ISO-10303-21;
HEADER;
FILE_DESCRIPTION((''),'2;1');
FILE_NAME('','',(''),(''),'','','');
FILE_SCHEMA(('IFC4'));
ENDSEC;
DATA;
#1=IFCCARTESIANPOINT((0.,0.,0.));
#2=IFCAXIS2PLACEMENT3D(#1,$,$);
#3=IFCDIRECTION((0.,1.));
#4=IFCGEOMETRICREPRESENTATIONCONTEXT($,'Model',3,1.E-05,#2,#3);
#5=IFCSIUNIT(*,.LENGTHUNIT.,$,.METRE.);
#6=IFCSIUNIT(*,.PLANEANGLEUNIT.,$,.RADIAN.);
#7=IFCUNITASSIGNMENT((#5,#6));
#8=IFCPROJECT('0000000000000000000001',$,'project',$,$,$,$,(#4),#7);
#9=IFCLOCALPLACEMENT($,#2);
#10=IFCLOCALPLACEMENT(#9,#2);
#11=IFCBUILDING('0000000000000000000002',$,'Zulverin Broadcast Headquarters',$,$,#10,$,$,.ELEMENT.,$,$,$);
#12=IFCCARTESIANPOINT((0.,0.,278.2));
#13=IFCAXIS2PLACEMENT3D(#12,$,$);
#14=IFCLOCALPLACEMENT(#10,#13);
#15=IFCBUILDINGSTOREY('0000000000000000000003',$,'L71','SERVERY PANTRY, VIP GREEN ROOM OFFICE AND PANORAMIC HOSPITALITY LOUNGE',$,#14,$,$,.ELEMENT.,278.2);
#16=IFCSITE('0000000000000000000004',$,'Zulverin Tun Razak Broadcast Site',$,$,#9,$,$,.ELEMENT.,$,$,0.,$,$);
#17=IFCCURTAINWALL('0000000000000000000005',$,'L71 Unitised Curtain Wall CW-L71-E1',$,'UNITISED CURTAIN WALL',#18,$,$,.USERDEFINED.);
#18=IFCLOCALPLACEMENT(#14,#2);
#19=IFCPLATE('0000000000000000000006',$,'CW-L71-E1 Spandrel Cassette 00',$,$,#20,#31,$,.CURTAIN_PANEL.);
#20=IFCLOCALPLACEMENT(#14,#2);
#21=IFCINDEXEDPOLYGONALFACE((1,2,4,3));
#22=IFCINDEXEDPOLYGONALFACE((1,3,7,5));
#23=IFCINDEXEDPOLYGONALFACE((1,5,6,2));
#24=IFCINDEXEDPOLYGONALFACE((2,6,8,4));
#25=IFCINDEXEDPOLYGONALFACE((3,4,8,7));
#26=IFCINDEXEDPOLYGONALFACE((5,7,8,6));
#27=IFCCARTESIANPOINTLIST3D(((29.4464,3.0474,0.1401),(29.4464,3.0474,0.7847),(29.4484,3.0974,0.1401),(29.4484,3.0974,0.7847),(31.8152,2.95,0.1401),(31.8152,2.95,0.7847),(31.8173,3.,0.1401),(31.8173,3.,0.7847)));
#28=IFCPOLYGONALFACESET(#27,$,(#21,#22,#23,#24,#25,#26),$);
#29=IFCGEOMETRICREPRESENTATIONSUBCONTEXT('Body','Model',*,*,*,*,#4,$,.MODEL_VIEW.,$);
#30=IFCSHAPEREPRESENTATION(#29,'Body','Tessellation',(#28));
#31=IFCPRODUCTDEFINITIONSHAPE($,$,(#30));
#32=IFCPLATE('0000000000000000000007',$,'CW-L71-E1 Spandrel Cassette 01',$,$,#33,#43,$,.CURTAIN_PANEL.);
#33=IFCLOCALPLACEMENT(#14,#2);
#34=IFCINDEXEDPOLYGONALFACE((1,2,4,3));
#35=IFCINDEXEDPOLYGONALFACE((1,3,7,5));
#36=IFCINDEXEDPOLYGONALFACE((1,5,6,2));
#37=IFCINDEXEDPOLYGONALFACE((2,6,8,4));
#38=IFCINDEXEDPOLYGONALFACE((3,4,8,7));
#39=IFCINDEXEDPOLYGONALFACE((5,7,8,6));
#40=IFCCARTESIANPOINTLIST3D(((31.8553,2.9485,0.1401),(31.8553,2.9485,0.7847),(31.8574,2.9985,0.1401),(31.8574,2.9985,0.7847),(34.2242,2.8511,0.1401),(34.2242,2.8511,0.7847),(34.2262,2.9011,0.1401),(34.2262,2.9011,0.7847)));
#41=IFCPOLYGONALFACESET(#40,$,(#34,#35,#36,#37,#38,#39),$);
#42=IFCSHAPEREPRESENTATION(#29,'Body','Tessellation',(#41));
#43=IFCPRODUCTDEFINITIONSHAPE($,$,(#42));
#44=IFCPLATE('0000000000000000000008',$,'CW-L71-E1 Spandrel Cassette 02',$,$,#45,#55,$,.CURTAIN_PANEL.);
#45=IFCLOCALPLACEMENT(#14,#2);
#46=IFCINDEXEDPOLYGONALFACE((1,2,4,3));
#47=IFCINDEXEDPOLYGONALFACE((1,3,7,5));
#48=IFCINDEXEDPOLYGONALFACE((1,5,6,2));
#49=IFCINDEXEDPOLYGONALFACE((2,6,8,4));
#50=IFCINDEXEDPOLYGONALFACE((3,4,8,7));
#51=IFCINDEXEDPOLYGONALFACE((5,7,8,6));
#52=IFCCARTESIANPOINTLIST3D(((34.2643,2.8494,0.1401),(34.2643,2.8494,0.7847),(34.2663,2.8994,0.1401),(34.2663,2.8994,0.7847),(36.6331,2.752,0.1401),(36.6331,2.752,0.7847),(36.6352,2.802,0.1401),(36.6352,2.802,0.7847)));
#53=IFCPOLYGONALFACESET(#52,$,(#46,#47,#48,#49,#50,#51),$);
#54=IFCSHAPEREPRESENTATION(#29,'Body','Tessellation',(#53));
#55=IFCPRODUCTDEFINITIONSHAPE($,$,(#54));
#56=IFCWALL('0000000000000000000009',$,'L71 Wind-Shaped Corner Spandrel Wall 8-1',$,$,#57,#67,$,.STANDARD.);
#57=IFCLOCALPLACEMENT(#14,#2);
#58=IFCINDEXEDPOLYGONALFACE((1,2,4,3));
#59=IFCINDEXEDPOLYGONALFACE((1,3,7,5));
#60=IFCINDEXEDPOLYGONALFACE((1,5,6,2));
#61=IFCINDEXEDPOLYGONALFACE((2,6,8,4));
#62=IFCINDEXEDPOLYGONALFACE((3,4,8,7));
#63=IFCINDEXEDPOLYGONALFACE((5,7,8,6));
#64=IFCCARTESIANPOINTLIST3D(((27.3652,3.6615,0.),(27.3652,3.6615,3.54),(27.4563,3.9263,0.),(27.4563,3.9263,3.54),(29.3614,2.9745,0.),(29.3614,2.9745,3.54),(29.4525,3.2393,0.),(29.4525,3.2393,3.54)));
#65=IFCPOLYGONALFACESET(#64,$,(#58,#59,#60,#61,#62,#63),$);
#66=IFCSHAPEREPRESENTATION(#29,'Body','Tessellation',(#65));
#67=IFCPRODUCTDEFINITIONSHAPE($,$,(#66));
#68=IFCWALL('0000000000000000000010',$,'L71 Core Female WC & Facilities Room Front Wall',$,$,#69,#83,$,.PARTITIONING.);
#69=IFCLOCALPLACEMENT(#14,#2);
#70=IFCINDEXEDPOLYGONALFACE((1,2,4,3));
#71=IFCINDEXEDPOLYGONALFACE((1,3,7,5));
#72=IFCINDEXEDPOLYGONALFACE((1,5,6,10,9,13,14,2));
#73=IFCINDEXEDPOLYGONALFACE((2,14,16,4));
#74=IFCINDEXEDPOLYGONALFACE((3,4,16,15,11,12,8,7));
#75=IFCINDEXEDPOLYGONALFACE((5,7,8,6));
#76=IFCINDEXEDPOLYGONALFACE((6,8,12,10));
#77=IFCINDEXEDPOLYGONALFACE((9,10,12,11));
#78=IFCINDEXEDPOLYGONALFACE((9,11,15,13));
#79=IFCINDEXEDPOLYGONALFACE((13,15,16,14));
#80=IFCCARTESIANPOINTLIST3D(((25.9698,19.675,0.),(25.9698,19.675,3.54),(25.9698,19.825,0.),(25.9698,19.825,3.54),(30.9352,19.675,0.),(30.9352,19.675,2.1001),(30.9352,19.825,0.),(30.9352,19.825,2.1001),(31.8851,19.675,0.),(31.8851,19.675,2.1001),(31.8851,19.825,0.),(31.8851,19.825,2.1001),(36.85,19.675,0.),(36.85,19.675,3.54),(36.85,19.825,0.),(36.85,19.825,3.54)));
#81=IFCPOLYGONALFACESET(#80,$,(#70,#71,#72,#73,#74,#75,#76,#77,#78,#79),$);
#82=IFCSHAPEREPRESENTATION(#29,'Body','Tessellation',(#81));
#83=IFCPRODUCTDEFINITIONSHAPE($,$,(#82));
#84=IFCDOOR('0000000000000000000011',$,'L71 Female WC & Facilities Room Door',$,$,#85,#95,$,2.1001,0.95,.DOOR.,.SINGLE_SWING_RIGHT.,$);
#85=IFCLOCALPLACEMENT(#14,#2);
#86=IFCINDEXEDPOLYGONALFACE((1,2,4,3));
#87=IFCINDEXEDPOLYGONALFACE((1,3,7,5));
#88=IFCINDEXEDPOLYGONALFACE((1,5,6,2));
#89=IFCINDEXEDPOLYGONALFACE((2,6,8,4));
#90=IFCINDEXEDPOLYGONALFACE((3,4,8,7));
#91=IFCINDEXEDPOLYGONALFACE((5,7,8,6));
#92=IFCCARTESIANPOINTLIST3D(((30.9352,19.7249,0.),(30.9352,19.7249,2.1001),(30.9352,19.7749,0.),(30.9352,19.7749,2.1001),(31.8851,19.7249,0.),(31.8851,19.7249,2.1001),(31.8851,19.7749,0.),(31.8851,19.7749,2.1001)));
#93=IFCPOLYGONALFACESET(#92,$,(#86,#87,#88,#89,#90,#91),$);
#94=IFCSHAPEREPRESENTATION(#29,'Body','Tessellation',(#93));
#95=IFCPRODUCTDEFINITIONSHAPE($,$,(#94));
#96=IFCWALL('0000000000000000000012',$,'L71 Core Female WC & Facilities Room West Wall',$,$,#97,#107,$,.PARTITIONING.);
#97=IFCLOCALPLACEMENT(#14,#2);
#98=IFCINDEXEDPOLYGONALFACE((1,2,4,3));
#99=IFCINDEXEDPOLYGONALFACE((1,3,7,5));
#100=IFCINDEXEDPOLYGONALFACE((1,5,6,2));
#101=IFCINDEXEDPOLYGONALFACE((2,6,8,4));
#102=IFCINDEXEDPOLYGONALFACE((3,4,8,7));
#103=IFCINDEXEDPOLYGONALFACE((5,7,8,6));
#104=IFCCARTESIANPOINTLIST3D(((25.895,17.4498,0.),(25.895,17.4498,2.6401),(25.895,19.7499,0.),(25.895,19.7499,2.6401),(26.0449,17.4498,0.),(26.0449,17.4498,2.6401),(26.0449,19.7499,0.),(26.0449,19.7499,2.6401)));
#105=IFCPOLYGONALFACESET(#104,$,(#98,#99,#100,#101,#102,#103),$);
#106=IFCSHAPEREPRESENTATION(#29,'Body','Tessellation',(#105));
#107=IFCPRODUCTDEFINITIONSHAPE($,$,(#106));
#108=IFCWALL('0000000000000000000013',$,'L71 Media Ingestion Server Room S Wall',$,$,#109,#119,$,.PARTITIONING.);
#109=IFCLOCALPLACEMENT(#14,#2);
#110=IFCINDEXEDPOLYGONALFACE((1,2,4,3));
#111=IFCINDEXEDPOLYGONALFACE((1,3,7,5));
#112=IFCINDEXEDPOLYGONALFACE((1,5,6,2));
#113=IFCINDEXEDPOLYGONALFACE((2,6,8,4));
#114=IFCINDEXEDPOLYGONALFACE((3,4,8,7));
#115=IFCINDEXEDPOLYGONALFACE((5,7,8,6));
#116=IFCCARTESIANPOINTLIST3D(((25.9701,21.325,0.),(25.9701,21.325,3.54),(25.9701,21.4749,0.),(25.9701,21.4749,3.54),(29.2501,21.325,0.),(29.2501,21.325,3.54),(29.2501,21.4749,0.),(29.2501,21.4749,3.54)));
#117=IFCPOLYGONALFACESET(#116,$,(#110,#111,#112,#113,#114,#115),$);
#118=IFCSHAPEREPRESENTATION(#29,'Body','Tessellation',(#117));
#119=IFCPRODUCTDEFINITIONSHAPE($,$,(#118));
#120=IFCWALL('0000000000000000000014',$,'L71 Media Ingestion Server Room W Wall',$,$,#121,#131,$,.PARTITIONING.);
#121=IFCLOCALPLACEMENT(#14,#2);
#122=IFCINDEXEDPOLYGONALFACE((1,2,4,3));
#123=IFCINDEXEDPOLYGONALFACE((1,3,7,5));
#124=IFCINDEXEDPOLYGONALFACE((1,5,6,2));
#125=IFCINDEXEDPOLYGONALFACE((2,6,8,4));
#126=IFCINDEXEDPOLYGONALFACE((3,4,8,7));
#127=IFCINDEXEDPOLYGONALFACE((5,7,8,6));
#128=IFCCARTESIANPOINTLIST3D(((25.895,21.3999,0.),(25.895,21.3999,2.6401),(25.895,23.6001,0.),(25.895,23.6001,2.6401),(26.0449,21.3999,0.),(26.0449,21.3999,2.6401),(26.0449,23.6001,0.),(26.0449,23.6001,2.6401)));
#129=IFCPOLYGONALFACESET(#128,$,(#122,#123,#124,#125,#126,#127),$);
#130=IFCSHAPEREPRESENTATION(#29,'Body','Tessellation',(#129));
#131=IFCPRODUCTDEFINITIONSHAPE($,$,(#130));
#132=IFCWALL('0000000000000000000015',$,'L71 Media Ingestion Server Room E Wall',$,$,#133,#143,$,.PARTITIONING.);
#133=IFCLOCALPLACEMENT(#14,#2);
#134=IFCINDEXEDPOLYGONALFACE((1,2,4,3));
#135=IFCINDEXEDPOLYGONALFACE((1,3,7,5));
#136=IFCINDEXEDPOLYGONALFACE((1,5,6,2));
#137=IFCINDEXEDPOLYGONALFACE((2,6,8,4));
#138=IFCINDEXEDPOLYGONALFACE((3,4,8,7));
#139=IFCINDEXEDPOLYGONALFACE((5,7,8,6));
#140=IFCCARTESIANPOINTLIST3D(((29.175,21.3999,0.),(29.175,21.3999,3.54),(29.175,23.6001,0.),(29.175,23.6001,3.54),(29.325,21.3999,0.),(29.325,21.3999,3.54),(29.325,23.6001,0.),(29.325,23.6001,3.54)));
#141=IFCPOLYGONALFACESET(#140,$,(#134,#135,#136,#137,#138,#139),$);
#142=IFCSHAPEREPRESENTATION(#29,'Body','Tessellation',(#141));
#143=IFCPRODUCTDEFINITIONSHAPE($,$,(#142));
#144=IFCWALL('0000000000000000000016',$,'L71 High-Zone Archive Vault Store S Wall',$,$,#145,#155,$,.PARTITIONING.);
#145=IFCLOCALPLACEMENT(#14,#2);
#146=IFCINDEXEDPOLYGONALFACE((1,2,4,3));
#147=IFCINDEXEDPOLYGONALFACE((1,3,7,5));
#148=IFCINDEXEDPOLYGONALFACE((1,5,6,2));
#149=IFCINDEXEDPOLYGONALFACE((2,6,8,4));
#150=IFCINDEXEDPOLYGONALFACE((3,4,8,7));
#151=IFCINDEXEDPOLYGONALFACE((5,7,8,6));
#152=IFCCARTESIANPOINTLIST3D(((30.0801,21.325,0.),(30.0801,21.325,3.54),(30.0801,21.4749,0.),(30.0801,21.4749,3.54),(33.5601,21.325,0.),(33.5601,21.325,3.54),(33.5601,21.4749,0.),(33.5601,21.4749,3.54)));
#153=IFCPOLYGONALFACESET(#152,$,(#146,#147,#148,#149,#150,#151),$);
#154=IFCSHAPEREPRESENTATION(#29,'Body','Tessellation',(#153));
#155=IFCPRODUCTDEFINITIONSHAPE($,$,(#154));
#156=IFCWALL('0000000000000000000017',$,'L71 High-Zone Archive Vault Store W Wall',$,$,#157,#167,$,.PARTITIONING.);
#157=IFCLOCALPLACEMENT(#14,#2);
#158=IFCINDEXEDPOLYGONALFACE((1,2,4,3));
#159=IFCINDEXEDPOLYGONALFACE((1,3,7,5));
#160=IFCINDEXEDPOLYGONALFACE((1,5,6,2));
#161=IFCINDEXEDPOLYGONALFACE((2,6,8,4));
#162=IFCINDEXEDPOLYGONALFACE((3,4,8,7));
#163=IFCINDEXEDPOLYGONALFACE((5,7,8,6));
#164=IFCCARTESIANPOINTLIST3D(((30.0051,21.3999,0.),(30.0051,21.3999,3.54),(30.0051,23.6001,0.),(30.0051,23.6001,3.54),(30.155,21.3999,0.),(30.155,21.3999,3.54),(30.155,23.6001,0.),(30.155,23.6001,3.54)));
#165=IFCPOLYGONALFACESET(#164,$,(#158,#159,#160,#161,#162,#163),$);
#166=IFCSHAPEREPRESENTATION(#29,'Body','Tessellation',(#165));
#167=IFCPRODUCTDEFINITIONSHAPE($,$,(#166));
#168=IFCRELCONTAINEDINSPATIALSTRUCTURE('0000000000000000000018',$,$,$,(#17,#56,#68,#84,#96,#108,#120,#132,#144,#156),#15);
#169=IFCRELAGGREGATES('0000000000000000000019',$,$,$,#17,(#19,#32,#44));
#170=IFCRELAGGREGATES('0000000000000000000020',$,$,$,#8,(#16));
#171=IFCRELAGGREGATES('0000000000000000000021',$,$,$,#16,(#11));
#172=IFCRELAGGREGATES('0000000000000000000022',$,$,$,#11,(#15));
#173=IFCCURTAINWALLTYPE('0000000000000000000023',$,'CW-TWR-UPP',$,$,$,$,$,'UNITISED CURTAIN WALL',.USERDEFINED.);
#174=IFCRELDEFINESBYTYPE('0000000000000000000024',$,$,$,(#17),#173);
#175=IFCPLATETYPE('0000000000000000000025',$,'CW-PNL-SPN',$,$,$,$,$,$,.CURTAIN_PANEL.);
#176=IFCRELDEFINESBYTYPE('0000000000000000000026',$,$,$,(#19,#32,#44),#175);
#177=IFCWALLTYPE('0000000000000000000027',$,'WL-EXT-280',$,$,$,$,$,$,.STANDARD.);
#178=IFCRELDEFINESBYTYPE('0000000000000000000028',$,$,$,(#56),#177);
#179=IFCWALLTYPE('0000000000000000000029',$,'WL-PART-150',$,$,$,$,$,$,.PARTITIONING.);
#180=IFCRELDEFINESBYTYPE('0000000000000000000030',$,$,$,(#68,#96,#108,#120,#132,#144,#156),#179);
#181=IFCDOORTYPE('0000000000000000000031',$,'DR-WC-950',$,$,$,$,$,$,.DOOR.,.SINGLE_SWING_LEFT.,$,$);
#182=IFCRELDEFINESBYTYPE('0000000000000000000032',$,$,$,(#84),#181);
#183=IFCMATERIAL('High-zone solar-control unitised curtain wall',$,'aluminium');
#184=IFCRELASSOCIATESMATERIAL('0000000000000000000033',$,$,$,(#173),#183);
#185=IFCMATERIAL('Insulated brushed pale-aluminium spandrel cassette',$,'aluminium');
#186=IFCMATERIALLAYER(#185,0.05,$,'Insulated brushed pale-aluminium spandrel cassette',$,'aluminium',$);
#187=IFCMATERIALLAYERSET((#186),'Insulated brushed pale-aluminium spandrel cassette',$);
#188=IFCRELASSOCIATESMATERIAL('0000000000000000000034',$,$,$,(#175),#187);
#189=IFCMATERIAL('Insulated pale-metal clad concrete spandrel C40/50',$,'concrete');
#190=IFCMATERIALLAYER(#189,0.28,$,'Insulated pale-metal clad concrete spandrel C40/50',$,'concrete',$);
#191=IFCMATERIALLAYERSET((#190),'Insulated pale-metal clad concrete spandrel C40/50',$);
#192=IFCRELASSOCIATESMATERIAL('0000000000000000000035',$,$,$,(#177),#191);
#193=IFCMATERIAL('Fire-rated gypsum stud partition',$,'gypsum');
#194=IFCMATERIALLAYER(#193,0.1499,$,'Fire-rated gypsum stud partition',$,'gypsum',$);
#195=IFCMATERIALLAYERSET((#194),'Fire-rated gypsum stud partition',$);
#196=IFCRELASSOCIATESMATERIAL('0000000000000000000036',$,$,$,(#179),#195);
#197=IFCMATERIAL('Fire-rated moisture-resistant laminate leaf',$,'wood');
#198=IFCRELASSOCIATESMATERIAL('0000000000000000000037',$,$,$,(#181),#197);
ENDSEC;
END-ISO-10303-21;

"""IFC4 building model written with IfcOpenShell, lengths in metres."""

from ifc_helpers import new_model, si_unit, direction, frame, frame_2d, origin, origin_2d, place, context, subcontext, project, spatial, rectangle, extrude, material, layer, layer_set, type_object, element, fill, aggregate, save


model = new_model("IFC4")

# Units and contexts
model_context = context("Model", 3, precision=1e-05, world=origin(), true_north=direction((0.0, 1.0)))
body_context = subcontext(model_context, "Body", "Model", "MODEL_VIEW")
ifc_project = project(units=[si_unit("LENGTHUNIT", "METRE"), si_unit("PLANEANGLEUNIT", "RADIAN")], contexts=[model_context])

# Site, building, storey
site_placement = place(None, origin())
site = spatial("IfcSite", under=ifc_project, at=site_placement, Name="Zulverin Tun Razak Broadcast Site", CompositionType="ELEMENT", RefElevation=0.0)
building_placement = place(site_placement, origin())
building = spatial("IfcBuilding", under=site, at=building_placement, Name="Zulverin Broadcast Headquarters", CompositionType="ELEMENT")
storey_placement = place(building_placement, frame((0.0, 0.0, 278.2)))
storey = spatial("IfcBuildingStorey", under=building, at=storey_placement, Name="L71", Description="SERVERY PANTRY, VIP GREEN ROOM OFFICE AND PANORAMIC HOSPITALITY LOUNGE", CompositionType="ELEMENT", Elevation=278.2)

# Curtain wall, plates
ifc_material_1 = material(Name="High-zone solar-control unitised curtain wall", Category="aluminium")
curtain_wall_type = type_object("IfcCurtainWallType", Name="CW-TWR-UPP", ElementType="UNITISED CURTAIN WALL", PredefinedType="USERDEFINED", material=ifc_material_1)
curtain_wall_placement = place(storey_placement, origin())
curtain_wall = element("IfcCurtainWall", 1, at=curtain_wall_placement, inside=storey, type_object=curtain_wall_type, Name="L71 Unitised Curtain Wall CW-L71-E1", ObjectType="UNITISED CURTAIN WALL", PredefinedType="USERDEFINED")
ifc_material_2 = material(Name="Insulated brushed pale-aluminium spandrel cassette", Category="aluminium")
ifc_layer_1 = layer(ifc_material_2, 0.05, Name="Insulated brushed pale-aluminium spandrel cassette", Category="aluminium")
ifc_layer_set_1 = layer_set([ifc_layer_1], Name="Insulated brushed pale-aluminium spandrel cassette")
plate_type_1 = type_object("IfcPlateType", Name="CW-PNL-SPN", PredefinedType="CURTAIN_PANEL", material=ifc_layer_set_1)
plate_1_placement = place(storey_placement, frame((30.6318, 3.0237, 0.1401), z_axis=(0.0, 0.0, 1.0), x_axis=(0.999156, -0.04107, 0.0)))
plate_1 = element("IfcPlate", 2, at=plate_1_placement, type_object=plate_type_1, Name="CW-L71-E1 Spandrel Cassette 00", PredefinedType="CURTAIN_PANEL", context=body_context, shape_type="SweptSolid", body=[
    extrude(rectangle(XDim=2.3708, YDim=0.05, at=origin_2d()), origin(), (0.0, 0.0, 1.0), 0.6445),
])
plate_2_placement = place(storey_placement, frame((33.0408, 2.9248, 0.1401), z_axis=(0.0, 0.0, 1.0), x_axis=(0.999156, -0.04107, 0.0)))
plate_2 = element("IfcPlate", 3, at=plate_2_placement, type_object=plate_type_1, Name="CW-L71-E1 Spandrel Cassette 01", PredefinedType="CURTAIN_PANEL", context=body_context, shape_type="SweptSolid", body=[
    extrude(rectangle(XDim=2.3708, YDim=0.05, at=origin_2d()), origin(), (0.0, 0.0, 1.0), 0.6445),
])
plate_3_placement = place(storey_placement, frame((35.4497, 2.8257, 0.1401), z_axis=(0.0, 0.0, 1.0), x_axis=(0.999156, -0.04107, 0.0)))
plate_3 = element("IfcPlate", 4, at=plate_3_placement, type_object=plate_type_1, Name="CW-L71-E1 Spandrel Cassette 02", PredefinedType="CURTAIN_PANEL", context=body_context, shape_type="SweptSolid", body=[
    extrude(rectangle(XDim=2.3708, YDim=0.05, at=origin_2d()), origin(), (0.0, 0.0, 1.0), 0.6445),
])
aggregate(curtain_wall, [plate_1, plate_2, plate_3])

# Wall
ifc_material_3 = material(Name="Insulated pale-metal clad concrete spandrel C40/50", Category="concrete")
ifc_layer_2 = layer(ifc_material_3, 0.28, Name="Insulated pale-metal clad concrete spandrel C40/50", Category="concrete")
ifc_layer_set_2 = layer_set([ifc_layer_2], Name="Insulated pale-metal clad concrete spandrel C40/50")
wall_type_1 = type_object("IfcWallType", Name="WL-EXT-280", PredefinedType="STANDARD", material=ifc_layer_set_2)
wall_1_placement = place(storey_placement, frame((27.4106, 3.7939, 0.0), z_axis=(0.0, 0.0, 1.0), x_axis=(0.945562, -0.325442, 0.0)))
element("IfcWall", 5, at=wall_1_placement, inside=storey, type_object=wall_type_1, Name="L71 Wind-Shaped Corner Spandrel Wall 8-1", PredefinedType="STANDARD", context=body_context, shape_type="SweptSolid", body=[
    extrude(rectangle(XDim=2.1111, YDim=0.28, at=frame_2d((1.0557, 0.0))), origin(), (0.0, 0.0, 1.0), 3.54),
])

# Wall, opening, door
ifc_material_4 = material(Name="Fire-rated gypsum stud partition", Category="gypsum")
ifc_layer_3 = layer(ifc_material_4, 0.1499, Name="Fire-rated gypsum stud partition", Category="gypsum")
ifc_layer_set_3 = layer_set([ifc_layer_3], Name="Fire-rated gypsum stud partition")
wall_type_2 = type_object("IfcWallType", Name="WL-PART-150", PredefinedType="PARTITIONING", material=ifc_layer_set_3)
wall_2_placement = place(storey_placement, frame((25.97, 19.75, 0.0), z_axis=(0.0, 0.0, 1.0), x_axis=(1.0, 0.0, 0.0)))
wall_2 = element("IfcWall", 6, at=wall_2_placement, inside=storey, type_object=wall_type_2, Name="L71 Core Female WC & Facilities Room Front Wall", PredefinedType="PARTITIONING", context=body_context, shape_type="SweptSolid", body=[
    extrude(rectangle(XDim=10.8801, YDim=0.1499, at=frame_2d((5.4399, 0.0))), origin(), (0.0, 0.0, 1.0), 3.54),
])
opening_placement = place(wall_2_placement, frame((4.9651, 0.0, 0.0)))
opening = element("IfcOpeningElement", 7, at=opening_placement, cuts=wall_2, PredefinedType="OPENING", context=body_context, shape_type="SweptSolid", body=[
    extrude(rectangle(XDim=0.95, YDim=2.1001, at=frame_2d((0.4751, 1.05))), frame((0.0, 0.085, 0.0), z_axis=(0.0, -1.0, 0.0), x_axis=(1.0, 0.0, 0.0)), (0.0, 0.0, 1.0), 0.1699),
])
ifc_material_5 = material(Name="Fire-rated moisture-resistant laminate leaf", Category="wood")
door_type = type_object("IfcDoorType", Name="DR-WC-950", OperationType="SINGLE_SWING_LEFT", PredefinedType="DOOR", material=ifc_material_5)
door_placement = place(opening_placement, origin())
door = element("IfcDoor", 8, at=door_placement, inside=storey, type_object=door_type, Name="L71 Female WC & Facilities Room Door", OperationType="SINGLE_SWING_RIGHT", OverallHeight=2.1001, OverallWidth=0.95, PredefinedType="DOOR", context=body_context, shape_type="SweptSolid", body=[
    extrude(rectangle(XDim=0.95, YDim=2.1001, at=frame_2d((0.4751, 1.05))), frame((0.0, 0.0249, 0.0), z_axis=(0.0, -1.0, 0.0), x_axis=(1.0, 0.0, 0.0)), (0.0, 0.0, 1.0), 0.05),
])
fill(opening, door)

# Walls
wall_3_placement = place(storey_placement, frame((25.97, 17.45, 0.0), z_axis=(0.0, 0.0, 1.0), x_axis=(0.0, 1.0, 0.0)))
element("IfcWall", 9, at=wall_3_placement, inside=storey, type_object=wall_type_2, Name="L71 Core Female WC & Facilities Room West Wall", PredefinedType="PARTITIONING", context=body_context, shape_type="SweptSolid", body=[
    extrude(rectangle(XDim=2.3, YDim=0.1499, at=frame_2d((1.1499, 0.0))), origin(), (0.0, 0.0, 1.0), 2.6401),
])
wall_4_placement = place(storey_placement, frame((25.97, 21.3999, 0.0), z_axis=(0.0, 0.0, 1.0), x_axis=(1.0, 0.0, 0.0)))
element("IfcWall", 10, at=wall_4_placement, inside=storey, type_object=wall_type_2, Name="L71 Media Ingestion Server Room S Wall", PredefinedType="PARTITIONING", context=body_context, shape_type="SweptSolid", body=[
    extrude(rectangle(XDim=3.28, YDim=0.1499, at=frame_2d((1.6401, 0.0))), origin(), (0.0, 0.0, 1.0), 3.54),
])
wall_5_placement = place(storey_placement, frame((25.97, 21.3999, 0.0), z_axis=(0.0, 0.0, 1.0), x_axis=(0.0, 1.0, 0.0)))
element("IfcWall", 11, at=wall_5_placement, inside=storey, type_object=wall_type_2, Name="L71 Media Ingestion Server Room W Wall", PredefinedType="PARTITIONING", context=body_context, shape_type="SweptSolid", body=[
    extrude(rectangle(XDim=2.2002, YDim=0.1499, at=frame_2d((1.1001, 0.0))), origin(), (0.0, 0.0, 1.0), 2.6401),
])
wall_6_placement = place(storey_placement, frame((29.25, 21.3999, 0.0), z_axis=(0.0, 0.0, 1.0), x_axis=(0.0, 1.0, 0.0)))
element("IfcWall", 12, at=wall_6_placement, inside=storey, type_object=wall_type_2, Name="L71 Media Ingestion Server Room E Wall", PredefinedType="PARTITIONING", context=body_context, shape_type="SweptSolid", body=[
    extrude(rectangle(XDim=2.2002, YDim=0.1499, at=frame_2d((1.1001, 0.0))), origin(), (0.0, 0.0, 1.0), 3.54),
])
wall_7_placement = place(storey_placement, frame((30.0801, 21.3999, 0.0), z_axis=(0.0, 0.0, 1.0), x_axis=(1.0, 0.0, 0.0)))
element("IfcWall", 13, at=wall_7_placement, inside=storey, type_object=wall_type_2, Name="L71 High-Zone Archive Vault Store S Wall", PredefinedType="PARTITIONING", context=body_context, shape_type="SweptSolid", body=[
    extrude(rectangle(XDim=3.48, YDim=0.1499, at=frame_2d((1.74, 0.0))), origin(), (0.0, 0.0, 1.0), 3.54),
])
wall_8_placement = place(storey_placement, frame((30.0801, 21.3999, 0.0), z_axis=(0.0, 0.0, 1.0), x_axis=(0.0, 1.0, 0.0)))
element("IfcWall", 14, at=wall_8_placement, inside=storey, type_object=wall_type_2, Name="L71 High-Zone Archive Vault Store W Wall", PredefinedType="PARTITIONING", context=body_context, shape_type="SweptSolid", body=[
    extrude(rectangle(XDim=2.2002, YDim=0.1499, at=frame_2d((1.1001, 0.0))), origin(), (0.0, 0.0, 1.0), 3.54),
])

save(model, "model.ifc")
